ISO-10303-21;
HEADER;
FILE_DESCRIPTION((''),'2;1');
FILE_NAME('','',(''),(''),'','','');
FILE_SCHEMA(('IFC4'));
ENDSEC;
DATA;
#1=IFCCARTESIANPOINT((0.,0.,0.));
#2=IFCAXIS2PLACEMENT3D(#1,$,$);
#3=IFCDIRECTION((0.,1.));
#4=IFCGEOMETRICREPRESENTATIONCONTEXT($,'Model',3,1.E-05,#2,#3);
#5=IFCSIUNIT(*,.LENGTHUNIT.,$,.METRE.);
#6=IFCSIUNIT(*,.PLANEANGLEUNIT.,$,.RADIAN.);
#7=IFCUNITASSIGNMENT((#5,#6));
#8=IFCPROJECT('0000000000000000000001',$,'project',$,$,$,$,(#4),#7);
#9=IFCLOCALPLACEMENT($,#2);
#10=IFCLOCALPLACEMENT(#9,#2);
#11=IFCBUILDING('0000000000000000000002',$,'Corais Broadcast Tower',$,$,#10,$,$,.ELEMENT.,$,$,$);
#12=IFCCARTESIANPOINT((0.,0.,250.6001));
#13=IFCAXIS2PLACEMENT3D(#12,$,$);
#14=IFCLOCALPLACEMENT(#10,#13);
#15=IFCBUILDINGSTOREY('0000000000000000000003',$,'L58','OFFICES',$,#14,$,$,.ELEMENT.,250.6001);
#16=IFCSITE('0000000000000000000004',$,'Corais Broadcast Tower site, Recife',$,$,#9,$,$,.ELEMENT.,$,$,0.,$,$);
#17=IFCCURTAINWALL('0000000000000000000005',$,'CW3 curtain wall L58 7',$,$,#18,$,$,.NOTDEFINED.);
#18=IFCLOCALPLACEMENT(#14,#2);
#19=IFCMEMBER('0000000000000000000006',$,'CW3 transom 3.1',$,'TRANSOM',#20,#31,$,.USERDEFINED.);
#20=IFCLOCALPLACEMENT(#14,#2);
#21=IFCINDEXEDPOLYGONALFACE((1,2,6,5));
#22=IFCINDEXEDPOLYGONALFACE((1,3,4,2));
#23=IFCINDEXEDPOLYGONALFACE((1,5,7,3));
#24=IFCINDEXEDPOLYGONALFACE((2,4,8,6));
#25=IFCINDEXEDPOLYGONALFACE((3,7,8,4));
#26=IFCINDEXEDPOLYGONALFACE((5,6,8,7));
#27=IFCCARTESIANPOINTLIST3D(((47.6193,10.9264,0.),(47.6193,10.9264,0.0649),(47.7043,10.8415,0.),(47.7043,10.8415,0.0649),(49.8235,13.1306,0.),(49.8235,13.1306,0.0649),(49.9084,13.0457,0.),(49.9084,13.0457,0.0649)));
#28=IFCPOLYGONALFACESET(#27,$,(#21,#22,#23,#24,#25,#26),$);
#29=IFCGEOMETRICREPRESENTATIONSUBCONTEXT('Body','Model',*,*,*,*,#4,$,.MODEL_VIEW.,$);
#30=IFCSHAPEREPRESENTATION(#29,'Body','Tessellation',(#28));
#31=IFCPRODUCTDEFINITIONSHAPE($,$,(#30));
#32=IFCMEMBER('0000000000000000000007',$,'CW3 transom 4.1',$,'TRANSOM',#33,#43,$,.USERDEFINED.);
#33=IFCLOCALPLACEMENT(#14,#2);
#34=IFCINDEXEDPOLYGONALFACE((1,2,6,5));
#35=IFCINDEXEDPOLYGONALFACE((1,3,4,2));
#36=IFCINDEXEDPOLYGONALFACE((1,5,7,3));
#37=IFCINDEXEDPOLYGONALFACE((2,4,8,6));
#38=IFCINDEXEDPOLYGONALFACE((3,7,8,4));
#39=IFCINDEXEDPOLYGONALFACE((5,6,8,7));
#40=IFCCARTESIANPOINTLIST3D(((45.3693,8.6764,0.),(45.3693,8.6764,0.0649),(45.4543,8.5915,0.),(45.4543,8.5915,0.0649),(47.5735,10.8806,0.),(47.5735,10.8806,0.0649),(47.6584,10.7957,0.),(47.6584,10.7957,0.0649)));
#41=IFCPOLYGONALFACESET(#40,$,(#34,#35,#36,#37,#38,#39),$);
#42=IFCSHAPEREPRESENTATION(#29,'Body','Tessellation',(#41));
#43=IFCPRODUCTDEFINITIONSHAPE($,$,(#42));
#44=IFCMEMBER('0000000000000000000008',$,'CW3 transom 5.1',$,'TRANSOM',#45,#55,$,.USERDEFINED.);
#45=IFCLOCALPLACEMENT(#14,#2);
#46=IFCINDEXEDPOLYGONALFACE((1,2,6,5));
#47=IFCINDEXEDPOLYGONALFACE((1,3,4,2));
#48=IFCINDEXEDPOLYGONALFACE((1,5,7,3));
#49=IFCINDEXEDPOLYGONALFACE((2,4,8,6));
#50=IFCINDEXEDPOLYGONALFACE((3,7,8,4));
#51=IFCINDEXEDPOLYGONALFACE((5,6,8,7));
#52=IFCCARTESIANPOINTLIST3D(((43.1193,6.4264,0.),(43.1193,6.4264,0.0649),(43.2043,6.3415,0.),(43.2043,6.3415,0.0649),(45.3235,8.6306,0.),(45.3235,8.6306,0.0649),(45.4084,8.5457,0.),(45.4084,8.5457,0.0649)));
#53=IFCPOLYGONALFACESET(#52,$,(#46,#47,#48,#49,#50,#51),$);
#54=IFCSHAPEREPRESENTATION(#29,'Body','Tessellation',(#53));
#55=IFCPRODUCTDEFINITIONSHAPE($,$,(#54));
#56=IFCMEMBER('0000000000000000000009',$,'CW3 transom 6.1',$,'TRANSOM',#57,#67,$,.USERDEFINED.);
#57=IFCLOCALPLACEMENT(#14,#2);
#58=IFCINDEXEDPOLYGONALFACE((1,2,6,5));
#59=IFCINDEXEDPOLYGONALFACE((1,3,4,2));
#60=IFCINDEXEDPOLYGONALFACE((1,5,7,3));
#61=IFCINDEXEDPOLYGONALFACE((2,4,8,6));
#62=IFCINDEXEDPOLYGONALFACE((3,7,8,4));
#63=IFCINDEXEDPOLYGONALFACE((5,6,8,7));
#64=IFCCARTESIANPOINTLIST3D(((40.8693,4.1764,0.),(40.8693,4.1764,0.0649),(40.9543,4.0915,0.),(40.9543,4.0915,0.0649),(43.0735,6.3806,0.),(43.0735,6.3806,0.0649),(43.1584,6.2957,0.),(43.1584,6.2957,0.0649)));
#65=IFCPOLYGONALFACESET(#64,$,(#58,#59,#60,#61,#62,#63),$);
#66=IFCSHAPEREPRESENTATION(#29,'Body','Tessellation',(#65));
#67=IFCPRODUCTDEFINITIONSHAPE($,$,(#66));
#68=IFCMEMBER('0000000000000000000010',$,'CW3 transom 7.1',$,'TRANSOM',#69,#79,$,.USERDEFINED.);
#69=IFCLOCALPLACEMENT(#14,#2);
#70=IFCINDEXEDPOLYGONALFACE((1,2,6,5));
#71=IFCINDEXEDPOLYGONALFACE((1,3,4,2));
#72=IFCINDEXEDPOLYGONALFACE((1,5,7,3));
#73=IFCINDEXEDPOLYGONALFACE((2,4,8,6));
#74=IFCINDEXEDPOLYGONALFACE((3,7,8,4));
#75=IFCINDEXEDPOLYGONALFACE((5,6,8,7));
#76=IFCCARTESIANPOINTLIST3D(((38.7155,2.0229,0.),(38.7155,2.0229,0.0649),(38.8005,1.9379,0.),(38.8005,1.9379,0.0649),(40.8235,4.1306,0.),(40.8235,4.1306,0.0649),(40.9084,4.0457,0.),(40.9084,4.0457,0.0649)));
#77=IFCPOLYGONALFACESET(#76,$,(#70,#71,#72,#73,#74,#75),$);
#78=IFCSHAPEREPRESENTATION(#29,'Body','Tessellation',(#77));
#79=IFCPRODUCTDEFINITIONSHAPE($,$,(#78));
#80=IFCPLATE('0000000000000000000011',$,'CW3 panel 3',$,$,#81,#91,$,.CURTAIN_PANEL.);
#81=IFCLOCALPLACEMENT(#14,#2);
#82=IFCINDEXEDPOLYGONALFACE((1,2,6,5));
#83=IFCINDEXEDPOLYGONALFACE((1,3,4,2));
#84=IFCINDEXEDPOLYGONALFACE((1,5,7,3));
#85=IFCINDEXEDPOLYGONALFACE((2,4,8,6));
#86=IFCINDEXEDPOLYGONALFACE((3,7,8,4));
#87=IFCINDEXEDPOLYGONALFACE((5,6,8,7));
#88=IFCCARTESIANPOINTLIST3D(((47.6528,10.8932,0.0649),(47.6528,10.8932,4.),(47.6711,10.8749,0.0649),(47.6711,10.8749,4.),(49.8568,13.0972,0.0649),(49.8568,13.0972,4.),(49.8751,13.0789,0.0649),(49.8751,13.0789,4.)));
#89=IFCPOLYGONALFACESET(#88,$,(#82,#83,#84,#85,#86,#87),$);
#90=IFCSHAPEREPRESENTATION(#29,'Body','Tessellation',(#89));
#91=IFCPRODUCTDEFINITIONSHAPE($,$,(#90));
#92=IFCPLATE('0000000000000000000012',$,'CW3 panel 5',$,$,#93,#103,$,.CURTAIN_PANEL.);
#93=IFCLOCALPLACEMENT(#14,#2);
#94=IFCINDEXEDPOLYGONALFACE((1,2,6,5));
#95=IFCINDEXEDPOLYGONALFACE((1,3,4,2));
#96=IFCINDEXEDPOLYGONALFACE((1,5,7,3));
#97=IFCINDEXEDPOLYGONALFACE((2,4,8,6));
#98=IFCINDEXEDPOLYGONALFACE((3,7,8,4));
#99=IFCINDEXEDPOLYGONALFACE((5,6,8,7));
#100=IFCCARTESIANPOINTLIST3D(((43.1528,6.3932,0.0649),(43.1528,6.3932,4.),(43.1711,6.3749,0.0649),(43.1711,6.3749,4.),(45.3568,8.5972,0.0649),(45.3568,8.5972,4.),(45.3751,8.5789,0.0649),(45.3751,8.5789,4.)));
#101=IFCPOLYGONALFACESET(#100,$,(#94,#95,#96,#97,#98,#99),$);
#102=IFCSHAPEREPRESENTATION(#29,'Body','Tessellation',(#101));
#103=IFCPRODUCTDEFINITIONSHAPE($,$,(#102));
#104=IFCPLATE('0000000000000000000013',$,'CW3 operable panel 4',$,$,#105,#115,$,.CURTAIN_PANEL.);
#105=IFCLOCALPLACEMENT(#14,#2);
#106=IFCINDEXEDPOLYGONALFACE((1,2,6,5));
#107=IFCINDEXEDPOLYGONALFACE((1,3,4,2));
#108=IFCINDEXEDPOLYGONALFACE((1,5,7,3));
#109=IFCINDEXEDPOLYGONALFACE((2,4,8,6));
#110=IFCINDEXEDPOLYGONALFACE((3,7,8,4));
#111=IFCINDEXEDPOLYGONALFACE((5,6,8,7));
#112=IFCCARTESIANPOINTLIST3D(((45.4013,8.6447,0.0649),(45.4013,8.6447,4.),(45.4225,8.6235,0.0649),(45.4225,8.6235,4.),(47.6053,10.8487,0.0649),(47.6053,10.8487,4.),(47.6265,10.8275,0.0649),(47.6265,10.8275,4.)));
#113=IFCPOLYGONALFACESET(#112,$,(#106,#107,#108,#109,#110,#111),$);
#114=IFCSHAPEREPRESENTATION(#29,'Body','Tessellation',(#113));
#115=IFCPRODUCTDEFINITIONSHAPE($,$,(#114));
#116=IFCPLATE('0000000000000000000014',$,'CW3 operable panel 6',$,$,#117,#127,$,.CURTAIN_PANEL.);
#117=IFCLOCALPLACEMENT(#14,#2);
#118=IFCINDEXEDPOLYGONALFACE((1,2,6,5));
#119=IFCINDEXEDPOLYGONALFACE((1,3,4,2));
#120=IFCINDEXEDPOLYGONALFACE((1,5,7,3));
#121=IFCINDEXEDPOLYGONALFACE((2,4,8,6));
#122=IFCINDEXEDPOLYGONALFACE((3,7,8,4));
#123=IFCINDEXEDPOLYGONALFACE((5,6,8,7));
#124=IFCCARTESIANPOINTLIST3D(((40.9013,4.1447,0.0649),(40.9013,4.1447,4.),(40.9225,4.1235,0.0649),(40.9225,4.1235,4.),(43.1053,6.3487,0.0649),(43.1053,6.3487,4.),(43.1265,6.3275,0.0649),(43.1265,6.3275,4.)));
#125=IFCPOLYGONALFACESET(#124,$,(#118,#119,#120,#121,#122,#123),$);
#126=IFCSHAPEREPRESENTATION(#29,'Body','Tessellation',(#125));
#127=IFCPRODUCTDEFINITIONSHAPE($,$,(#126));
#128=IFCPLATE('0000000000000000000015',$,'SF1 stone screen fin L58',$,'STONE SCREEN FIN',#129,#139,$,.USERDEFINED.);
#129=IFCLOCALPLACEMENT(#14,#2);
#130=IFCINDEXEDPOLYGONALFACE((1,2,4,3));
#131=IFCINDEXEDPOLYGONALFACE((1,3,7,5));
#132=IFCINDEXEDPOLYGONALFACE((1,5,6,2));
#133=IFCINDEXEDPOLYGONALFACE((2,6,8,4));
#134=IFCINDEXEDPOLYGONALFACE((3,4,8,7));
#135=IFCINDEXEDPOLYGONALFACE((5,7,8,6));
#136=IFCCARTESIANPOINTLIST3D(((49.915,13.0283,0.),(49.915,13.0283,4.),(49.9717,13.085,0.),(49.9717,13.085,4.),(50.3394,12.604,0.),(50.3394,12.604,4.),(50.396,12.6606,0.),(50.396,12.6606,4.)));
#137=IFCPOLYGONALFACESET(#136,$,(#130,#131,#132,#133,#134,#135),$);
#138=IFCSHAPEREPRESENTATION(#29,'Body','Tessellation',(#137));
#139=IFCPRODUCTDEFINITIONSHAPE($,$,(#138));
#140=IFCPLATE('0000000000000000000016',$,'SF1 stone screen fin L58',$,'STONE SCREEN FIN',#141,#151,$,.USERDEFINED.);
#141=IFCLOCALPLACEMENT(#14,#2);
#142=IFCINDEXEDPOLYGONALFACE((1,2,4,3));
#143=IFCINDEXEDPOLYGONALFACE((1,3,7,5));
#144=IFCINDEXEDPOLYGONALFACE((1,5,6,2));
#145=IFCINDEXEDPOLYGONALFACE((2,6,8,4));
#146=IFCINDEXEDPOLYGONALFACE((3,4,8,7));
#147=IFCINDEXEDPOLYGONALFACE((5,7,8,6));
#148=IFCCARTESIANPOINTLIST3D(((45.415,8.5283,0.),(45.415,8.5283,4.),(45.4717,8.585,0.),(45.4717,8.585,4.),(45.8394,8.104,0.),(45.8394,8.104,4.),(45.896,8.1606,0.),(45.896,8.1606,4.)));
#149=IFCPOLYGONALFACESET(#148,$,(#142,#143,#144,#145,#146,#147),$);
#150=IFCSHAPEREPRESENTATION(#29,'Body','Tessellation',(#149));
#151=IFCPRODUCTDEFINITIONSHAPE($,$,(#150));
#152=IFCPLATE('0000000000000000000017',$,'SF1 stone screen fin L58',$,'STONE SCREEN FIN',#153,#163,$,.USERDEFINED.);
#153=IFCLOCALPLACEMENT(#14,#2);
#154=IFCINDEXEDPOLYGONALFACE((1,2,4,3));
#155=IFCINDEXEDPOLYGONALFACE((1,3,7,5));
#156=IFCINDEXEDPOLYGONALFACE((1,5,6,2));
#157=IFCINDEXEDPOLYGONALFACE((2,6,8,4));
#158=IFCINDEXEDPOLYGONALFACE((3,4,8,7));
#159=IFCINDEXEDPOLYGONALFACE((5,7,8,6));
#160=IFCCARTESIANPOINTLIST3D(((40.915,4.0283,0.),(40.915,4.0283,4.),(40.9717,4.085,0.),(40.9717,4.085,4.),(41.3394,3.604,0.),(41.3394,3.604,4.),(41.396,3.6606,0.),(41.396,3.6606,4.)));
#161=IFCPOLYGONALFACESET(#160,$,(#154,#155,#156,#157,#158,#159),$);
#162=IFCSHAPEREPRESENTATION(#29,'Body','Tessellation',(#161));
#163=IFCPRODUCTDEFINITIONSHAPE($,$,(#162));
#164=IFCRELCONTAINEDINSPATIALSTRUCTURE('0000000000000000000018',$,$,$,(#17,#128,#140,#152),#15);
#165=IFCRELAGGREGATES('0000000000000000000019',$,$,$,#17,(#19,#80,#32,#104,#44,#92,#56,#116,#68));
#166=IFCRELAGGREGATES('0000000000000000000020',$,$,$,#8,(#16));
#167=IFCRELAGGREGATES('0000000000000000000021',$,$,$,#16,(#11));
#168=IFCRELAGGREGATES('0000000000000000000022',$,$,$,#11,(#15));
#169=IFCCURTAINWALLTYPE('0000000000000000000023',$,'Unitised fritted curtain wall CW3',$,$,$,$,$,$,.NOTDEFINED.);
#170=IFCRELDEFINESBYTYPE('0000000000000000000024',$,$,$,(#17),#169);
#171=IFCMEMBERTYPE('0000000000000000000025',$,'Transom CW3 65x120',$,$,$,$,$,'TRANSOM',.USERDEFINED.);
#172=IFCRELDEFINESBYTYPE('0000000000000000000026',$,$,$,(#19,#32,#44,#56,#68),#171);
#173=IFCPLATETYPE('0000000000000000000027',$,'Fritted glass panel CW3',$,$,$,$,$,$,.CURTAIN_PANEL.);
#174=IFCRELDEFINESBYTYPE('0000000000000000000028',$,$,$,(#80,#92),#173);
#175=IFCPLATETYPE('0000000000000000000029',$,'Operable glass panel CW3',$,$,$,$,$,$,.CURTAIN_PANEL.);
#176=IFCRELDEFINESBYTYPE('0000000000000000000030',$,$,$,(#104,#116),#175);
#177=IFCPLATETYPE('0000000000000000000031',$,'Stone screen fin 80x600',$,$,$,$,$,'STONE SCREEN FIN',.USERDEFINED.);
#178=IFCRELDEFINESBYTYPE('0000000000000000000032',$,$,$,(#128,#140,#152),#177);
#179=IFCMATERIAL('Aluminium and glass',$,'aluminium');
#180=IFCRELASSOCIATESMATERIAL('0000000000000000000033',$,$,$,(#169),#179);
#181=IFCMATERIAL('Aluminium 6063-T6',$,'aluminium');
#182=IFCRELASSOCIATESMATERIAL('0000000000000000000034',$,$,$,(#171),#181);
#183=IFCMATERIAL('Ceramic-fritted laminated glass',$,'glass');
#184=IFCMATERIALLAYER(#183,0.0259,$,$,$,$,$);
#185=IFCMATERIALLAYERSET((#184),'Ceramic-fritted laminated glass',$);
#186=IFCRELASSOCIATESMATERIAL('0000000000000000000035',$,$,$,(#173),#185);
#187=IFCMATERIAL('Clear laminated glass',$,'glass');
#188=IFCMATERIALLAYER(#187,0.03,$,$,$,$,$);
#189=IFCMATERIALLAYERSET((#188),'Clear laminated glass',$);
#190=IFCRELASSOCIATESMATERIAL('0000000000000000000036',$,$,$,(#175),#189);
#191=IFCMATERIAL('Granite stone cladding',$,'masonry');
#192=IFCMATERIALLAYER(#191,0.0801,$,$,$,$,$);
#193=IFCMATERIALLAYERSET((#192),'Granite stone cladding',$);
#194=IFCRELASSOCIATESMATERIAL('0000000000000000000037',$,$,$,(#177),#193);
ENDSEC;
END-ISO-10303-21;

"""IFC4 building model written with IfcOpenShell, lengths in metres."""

from ifc_helpers import new_model, si_unit, direction, frame, origin, origin_2d, place, context, subcontext, project, spatial, rectangle, extrude, material, layer, layer_set, material_profile, profile_set, type_object, element, aggregate, save


model = new_model("IFC4")

# Units and contexts
model_context = context("Model", 3, precision=1e-05, world=origin(), true_north=direction((0.0, 1.0)))
body_context = subcontext(model_context, "Body", "Model", "MODEL_VIEW")
ifc_project = project(units=[si_unit("LENGTHUNIT", "METRE"), si_unit("PLANEANGLEUNIT", "RADIAN")], contexts=[model_context])

# Site, building, storey
site_placement = place(None, origin())
site = spatial("IfcSite", under=ifc_project, at=site_placement, Name="Corais Broadcast Tower site, Recife", CompositionType="ELEMENT", RefElevation=0.0)
building_placement = place(site_placement, origin())
building = spatial("IfcBuilding", under=site, at=building_placement, Name="Corais Broadcast Tower", CompositionType="ELEMENT")
storey_placement = place(building_placement, frame((0.0, 0.0, 250.6001)))
storey = spatial("IfcBuildingStorey", under=building, at=storey_placement, Name="L58", Description="OFFICES", CompositionType="ELEMENT", Elevation=250.6001)

# Curtain wall
ifc_material_1 = material(Name="Aluminium and glass", Category="aluminium")
curtain_wall_type = type_object("IfcCurtainWallType", Name="Unitised fritted curtain wall CW3", PredefinedType="NOTDEFINED", material=ifc_material_1)
curtain_wall_placement = place(storey_placement, origin())
curtain_wall = element("IfcCurtainWall", 1, at=curtain_wall_placement, inside=storey, type_object=curtain_wall_type, Name="CW3 curtain wall L58 7", PredefinedType="NOTDEFINED")

# Members
ifc_material_2 = material(Name="Aluminium 6063-T6", Category="aluminium")
ifc_material_profile_1 = material_profile(ifc_material_2, rectangle(XDim=0.1201, YDim=0.0649, at=origin_2d()), Name="Transom CW3 65x120")
ifc_profile_set_1 = profile_set([ifc_material_profile_1], Name="Aluminium 6063-T6")
member_type_1 = type_object("IfcMemberType", Name="Transom CW3 65x120", ElementType="TRANSOM", PredefinedType="USERDEFINED", material=ifc_profile_set_1)
member_1_placement = place(storey_placement, frame((49.866, 13.0881, 0.0325), z_axis=(-0.707107, -0.707107, 0.0), x_axis=(0.707107, -0.707107, 0.0)))
member_1 = element("IfcMember", 2, at=member_1_placement, type_object=member_type_1, Name="CW3 transom 3.1", ObjectType="TRANSOM", PredefinedType="USERDEFINED", context=body_context, shape_type="SweptSolid", body=[
    extrude(rectangle(XDim=0.1201, YDim=0.0649, at=origin_2d()), origin(), (0.0, 0.0, 1.0), 3.1172),
])
member_2_placement = place(storey_placement, frame((47.616, 10.8381, 0.0325), z_axis=(-0.707107, -0.707107, 0.0), x_axis=(0.707107, -0.707107, 0.0)))
member_2 = element("IfcMember", 3, at=member_2_placement, type_object=member_type_1, Name="CW3 transom 4.1", ObjectType="TRANSOM", PredefinedType="USERDEFINED", context=body_context, shape_type="SweptSolid", body=[
    extrude(rectangle(XDim=0.1201, YDim=0.0649, at=origin_2d()), origin(), (0.0, 0.0, 1.0), 3.1172),
])
member_3_placement = place(storey_placement, frame((45.366, 8.5881, 0.0325), z_axis=(-0.707107, -0.707107, 0.0), x_axis=(0.707107, -0.707107, 0.0)))
member_3 = element("IfcMember", 4, at=member_3_placement, type_object=member_type_1, Name="CW3 transom 5.1", ObjectType="TRANSOM", PredefinedType="USERDEFINED", context=body_context, shape_type="SweptSolid", body=[
    extrude(rectangle(XDim=0.1201, YDim=0.0649, at=origin_2d()), origin(), (0.0, 0.0, 1.0), 3.1172),
])
member_4_placement = place(storey_placement, frame((43.116, 6.3381, 0.0325), z_axis=(-0.707107, -0.707107, 0.0), x_axis=(0.707107, -0.707107, 0.0)))
member_4 = element("IfcMember", 5, at=member_4_placement, type_object=member_type_1, Name="CW3 transom 6.1", ObjectType="TRANSOM", PredefinedType="USERDEFINED", context=body_context, shape_type="SweptSolid", body=[
    extrude(rectangle(XDim=0.1201, YDim=0.0649, at=origin_2d()), origin(), (0.0, 0.0, 1.0), 3.1172),
])
member_5_placement = place(storey_placement, frame((40.866, 4.0881, 0.0325), z_axis=(-0.707148, -0.707066, 0.0), x_axis=(0.707066, -0.707148, 0.0)))
member_5 = element("IfcMember", 6, at=member_5_placement, type_object=member_type_1, Name="CW3 transom 7.1", ObjectType="TRANSOM", PredefinedType="USERDEFINED", context=body_context, shape_type="SweptSolid", body=[
    extrude(rectangle(XDim=0.1201, YDim=0.0649, at=origin_2d()), origin(), (0.0, 0.0, 1.0), 2.981),
])

# Plates
ifc_material_3 = material(Name="Ceramic-fritted laminated glass", Category="glass")
ifc_layer_1 = layer(ifc_material_3, 0.0259)
ifc_layer_set_1 = layer_set([ifc_layer_1], Name="Ceramic-fritted laminated glass")
plate_type_1 = type_object("IfcPlateType", Name="Fritted glass panel CW3", PredefinedType="CURTAIN_PANEL", material=ifc_layer_set_1)
plate_1_placement = place(storey_placement, frame((48.7639, 11.9861, 0.0649), z_axis=(0.0, 0.0, 1.0), x_axis=(-0.707107, -0.707107, 0.0)))
plate_1 = element("IfcPlate", 7, at=plate_1_placement, type_object=plate_type_1, Name="CW3 panel 3", PredefinedType="CURTAIN_PANEL", context=body_context, shape_type="SweptSolid", body=[
    extrude(rectangle(XDim=3.1169, YDim=0.0259, at=origin_2d()), origin(), (0.0, 0.0, 1.0), 3.9351),
])
plate_2_placement = place(storey_placement, frame((44.2639, 7.4861, 0.0649), z_axis=(0.0, 0.0, 1.0), x_axis=(-0.707107, -0.707107, 0.0)))
plate_2 = element("IfcPlate", 8, at=plate_2_placement, type_object=plate_type_1, Name="CW3 panel 5", PredefinedType="CURTAIN_PANEL", context=body_context, shape_type="SweptSolid", body=[
    extrude(rectangle(XDim=3.1169, YDim=0.0259, at=origin_2d()), origin(), (0.0, 0.0, 1.0), 3.9351),
])
ifc_material_4 = material(Name="Clear laminated glass", Category="glass")
ifc_layer_2 = layer(ifc_material_4, 0.03)
ifc_layer_set_2 = layer_set([ifc_layer_2], Name="Clear laminated glass")
plate_type_2 = type_object("IfcPlateType", Name="Operable glass panel CW3", PredefinedType="CURTAIN_PANEL", material=ifc_layer_set_2)
plate_3_placement = place(storey_placement, frame((46.5139, 9.7361, 0.0649), z_axis=(0.0, 0.0, 1.0), x_axis=(-0.707107, -0.707107, 0.0)))
plate_3 = element("IfcPlate", 9, at=plate_3_placement, type_object=plate_type_2, Name="CW3 operable panel 4", PredefinedType="CURTAIN_PANEL", context=body_context, shape_type="SweptSolid", body=[
    extrude(rectangle(XDim=3.1169, YDim=0.03, at=origin_2d()), origin(), (0.0, 0.0, 1.0), 3.9351),
])
plate_4_placement = place(storey_placement, frame((42.0139, 5.2361, 0.0649), z_axis=(0.0, 0.0, 1.0), x_axis=(-0.707107, -0.707107, 0.0)))
plate_4 = element("IfcPlate", 10, at=plate_4_placement, type_object=plate_type_2, Name="CW3 operable panel 6", PredefinedType="CURTAIN_PANEL", context=body_context, shape_type="SweptSolid", body=[
    extrude(rectangle(XDim=3.1169, YDim=0.03, at=origin_2d()), origin(), (0.0, 0.0, 1.0), 3.9351),
])
aggregate(curtain_wall, [member_1, plate_1, member_2, plate_3, member_3, plate_2, member_4, plate_4, member_5])

# Plates
ifc_material_5 = material(Name="Granite stone cladding", Category="masonry")
ifc_layer_3 = layer(ifc_material_5, 0.0801)
ifc_layer_set_3 = layer_set([ifc_layer_3], Name="Granite stone cladding")
plate_type_3 = type_object("IfcPlateType", Name="Stone screen fin 80x600", ElementType="STONE SCREEN FIN", PredefinedType="USERDEFINED", material=ifc_layer_set_3)
for number, where, z_axis, x_axis, name in (
    (11, (50.1555, 12.8445, 0.0), (0.0, 0.0, 1.0), (-0.707107, -0.707107, 0.0), "SF1 stone screen fin L58"),
    (12, (45.6555, 8.3445, 0.0), (0.0, 0.0, 1.0), (-0.707107, -0.707107, 0.0), "SF1 stone screen fin L58"),
    (13, (41.1555, 3.8445, 0.0), (0.0, 0.0, 1.0), (-0.707107, -0.707107, 0.0), "SF1 stone screen fin L58"),
):
    element("IfcPlate", number, at=place(storey_placement, frame(where, z_axis=z_axis, x_axis=x_axis)), inside=storey, type_object=plate_type_3, Name=name, ObjectType="STONE SCREEN FIN", PredefinedType="USERDEFINED", context=body_context, shape_type="SweptSolid", body=[
        extrude(rectangle(XDim=0.0801, YDim=0.6001, at=origin_2d()), origin(), (0.0, 0.0, 1.0), 4.0),
    ])

save(model, "model.ifc")
